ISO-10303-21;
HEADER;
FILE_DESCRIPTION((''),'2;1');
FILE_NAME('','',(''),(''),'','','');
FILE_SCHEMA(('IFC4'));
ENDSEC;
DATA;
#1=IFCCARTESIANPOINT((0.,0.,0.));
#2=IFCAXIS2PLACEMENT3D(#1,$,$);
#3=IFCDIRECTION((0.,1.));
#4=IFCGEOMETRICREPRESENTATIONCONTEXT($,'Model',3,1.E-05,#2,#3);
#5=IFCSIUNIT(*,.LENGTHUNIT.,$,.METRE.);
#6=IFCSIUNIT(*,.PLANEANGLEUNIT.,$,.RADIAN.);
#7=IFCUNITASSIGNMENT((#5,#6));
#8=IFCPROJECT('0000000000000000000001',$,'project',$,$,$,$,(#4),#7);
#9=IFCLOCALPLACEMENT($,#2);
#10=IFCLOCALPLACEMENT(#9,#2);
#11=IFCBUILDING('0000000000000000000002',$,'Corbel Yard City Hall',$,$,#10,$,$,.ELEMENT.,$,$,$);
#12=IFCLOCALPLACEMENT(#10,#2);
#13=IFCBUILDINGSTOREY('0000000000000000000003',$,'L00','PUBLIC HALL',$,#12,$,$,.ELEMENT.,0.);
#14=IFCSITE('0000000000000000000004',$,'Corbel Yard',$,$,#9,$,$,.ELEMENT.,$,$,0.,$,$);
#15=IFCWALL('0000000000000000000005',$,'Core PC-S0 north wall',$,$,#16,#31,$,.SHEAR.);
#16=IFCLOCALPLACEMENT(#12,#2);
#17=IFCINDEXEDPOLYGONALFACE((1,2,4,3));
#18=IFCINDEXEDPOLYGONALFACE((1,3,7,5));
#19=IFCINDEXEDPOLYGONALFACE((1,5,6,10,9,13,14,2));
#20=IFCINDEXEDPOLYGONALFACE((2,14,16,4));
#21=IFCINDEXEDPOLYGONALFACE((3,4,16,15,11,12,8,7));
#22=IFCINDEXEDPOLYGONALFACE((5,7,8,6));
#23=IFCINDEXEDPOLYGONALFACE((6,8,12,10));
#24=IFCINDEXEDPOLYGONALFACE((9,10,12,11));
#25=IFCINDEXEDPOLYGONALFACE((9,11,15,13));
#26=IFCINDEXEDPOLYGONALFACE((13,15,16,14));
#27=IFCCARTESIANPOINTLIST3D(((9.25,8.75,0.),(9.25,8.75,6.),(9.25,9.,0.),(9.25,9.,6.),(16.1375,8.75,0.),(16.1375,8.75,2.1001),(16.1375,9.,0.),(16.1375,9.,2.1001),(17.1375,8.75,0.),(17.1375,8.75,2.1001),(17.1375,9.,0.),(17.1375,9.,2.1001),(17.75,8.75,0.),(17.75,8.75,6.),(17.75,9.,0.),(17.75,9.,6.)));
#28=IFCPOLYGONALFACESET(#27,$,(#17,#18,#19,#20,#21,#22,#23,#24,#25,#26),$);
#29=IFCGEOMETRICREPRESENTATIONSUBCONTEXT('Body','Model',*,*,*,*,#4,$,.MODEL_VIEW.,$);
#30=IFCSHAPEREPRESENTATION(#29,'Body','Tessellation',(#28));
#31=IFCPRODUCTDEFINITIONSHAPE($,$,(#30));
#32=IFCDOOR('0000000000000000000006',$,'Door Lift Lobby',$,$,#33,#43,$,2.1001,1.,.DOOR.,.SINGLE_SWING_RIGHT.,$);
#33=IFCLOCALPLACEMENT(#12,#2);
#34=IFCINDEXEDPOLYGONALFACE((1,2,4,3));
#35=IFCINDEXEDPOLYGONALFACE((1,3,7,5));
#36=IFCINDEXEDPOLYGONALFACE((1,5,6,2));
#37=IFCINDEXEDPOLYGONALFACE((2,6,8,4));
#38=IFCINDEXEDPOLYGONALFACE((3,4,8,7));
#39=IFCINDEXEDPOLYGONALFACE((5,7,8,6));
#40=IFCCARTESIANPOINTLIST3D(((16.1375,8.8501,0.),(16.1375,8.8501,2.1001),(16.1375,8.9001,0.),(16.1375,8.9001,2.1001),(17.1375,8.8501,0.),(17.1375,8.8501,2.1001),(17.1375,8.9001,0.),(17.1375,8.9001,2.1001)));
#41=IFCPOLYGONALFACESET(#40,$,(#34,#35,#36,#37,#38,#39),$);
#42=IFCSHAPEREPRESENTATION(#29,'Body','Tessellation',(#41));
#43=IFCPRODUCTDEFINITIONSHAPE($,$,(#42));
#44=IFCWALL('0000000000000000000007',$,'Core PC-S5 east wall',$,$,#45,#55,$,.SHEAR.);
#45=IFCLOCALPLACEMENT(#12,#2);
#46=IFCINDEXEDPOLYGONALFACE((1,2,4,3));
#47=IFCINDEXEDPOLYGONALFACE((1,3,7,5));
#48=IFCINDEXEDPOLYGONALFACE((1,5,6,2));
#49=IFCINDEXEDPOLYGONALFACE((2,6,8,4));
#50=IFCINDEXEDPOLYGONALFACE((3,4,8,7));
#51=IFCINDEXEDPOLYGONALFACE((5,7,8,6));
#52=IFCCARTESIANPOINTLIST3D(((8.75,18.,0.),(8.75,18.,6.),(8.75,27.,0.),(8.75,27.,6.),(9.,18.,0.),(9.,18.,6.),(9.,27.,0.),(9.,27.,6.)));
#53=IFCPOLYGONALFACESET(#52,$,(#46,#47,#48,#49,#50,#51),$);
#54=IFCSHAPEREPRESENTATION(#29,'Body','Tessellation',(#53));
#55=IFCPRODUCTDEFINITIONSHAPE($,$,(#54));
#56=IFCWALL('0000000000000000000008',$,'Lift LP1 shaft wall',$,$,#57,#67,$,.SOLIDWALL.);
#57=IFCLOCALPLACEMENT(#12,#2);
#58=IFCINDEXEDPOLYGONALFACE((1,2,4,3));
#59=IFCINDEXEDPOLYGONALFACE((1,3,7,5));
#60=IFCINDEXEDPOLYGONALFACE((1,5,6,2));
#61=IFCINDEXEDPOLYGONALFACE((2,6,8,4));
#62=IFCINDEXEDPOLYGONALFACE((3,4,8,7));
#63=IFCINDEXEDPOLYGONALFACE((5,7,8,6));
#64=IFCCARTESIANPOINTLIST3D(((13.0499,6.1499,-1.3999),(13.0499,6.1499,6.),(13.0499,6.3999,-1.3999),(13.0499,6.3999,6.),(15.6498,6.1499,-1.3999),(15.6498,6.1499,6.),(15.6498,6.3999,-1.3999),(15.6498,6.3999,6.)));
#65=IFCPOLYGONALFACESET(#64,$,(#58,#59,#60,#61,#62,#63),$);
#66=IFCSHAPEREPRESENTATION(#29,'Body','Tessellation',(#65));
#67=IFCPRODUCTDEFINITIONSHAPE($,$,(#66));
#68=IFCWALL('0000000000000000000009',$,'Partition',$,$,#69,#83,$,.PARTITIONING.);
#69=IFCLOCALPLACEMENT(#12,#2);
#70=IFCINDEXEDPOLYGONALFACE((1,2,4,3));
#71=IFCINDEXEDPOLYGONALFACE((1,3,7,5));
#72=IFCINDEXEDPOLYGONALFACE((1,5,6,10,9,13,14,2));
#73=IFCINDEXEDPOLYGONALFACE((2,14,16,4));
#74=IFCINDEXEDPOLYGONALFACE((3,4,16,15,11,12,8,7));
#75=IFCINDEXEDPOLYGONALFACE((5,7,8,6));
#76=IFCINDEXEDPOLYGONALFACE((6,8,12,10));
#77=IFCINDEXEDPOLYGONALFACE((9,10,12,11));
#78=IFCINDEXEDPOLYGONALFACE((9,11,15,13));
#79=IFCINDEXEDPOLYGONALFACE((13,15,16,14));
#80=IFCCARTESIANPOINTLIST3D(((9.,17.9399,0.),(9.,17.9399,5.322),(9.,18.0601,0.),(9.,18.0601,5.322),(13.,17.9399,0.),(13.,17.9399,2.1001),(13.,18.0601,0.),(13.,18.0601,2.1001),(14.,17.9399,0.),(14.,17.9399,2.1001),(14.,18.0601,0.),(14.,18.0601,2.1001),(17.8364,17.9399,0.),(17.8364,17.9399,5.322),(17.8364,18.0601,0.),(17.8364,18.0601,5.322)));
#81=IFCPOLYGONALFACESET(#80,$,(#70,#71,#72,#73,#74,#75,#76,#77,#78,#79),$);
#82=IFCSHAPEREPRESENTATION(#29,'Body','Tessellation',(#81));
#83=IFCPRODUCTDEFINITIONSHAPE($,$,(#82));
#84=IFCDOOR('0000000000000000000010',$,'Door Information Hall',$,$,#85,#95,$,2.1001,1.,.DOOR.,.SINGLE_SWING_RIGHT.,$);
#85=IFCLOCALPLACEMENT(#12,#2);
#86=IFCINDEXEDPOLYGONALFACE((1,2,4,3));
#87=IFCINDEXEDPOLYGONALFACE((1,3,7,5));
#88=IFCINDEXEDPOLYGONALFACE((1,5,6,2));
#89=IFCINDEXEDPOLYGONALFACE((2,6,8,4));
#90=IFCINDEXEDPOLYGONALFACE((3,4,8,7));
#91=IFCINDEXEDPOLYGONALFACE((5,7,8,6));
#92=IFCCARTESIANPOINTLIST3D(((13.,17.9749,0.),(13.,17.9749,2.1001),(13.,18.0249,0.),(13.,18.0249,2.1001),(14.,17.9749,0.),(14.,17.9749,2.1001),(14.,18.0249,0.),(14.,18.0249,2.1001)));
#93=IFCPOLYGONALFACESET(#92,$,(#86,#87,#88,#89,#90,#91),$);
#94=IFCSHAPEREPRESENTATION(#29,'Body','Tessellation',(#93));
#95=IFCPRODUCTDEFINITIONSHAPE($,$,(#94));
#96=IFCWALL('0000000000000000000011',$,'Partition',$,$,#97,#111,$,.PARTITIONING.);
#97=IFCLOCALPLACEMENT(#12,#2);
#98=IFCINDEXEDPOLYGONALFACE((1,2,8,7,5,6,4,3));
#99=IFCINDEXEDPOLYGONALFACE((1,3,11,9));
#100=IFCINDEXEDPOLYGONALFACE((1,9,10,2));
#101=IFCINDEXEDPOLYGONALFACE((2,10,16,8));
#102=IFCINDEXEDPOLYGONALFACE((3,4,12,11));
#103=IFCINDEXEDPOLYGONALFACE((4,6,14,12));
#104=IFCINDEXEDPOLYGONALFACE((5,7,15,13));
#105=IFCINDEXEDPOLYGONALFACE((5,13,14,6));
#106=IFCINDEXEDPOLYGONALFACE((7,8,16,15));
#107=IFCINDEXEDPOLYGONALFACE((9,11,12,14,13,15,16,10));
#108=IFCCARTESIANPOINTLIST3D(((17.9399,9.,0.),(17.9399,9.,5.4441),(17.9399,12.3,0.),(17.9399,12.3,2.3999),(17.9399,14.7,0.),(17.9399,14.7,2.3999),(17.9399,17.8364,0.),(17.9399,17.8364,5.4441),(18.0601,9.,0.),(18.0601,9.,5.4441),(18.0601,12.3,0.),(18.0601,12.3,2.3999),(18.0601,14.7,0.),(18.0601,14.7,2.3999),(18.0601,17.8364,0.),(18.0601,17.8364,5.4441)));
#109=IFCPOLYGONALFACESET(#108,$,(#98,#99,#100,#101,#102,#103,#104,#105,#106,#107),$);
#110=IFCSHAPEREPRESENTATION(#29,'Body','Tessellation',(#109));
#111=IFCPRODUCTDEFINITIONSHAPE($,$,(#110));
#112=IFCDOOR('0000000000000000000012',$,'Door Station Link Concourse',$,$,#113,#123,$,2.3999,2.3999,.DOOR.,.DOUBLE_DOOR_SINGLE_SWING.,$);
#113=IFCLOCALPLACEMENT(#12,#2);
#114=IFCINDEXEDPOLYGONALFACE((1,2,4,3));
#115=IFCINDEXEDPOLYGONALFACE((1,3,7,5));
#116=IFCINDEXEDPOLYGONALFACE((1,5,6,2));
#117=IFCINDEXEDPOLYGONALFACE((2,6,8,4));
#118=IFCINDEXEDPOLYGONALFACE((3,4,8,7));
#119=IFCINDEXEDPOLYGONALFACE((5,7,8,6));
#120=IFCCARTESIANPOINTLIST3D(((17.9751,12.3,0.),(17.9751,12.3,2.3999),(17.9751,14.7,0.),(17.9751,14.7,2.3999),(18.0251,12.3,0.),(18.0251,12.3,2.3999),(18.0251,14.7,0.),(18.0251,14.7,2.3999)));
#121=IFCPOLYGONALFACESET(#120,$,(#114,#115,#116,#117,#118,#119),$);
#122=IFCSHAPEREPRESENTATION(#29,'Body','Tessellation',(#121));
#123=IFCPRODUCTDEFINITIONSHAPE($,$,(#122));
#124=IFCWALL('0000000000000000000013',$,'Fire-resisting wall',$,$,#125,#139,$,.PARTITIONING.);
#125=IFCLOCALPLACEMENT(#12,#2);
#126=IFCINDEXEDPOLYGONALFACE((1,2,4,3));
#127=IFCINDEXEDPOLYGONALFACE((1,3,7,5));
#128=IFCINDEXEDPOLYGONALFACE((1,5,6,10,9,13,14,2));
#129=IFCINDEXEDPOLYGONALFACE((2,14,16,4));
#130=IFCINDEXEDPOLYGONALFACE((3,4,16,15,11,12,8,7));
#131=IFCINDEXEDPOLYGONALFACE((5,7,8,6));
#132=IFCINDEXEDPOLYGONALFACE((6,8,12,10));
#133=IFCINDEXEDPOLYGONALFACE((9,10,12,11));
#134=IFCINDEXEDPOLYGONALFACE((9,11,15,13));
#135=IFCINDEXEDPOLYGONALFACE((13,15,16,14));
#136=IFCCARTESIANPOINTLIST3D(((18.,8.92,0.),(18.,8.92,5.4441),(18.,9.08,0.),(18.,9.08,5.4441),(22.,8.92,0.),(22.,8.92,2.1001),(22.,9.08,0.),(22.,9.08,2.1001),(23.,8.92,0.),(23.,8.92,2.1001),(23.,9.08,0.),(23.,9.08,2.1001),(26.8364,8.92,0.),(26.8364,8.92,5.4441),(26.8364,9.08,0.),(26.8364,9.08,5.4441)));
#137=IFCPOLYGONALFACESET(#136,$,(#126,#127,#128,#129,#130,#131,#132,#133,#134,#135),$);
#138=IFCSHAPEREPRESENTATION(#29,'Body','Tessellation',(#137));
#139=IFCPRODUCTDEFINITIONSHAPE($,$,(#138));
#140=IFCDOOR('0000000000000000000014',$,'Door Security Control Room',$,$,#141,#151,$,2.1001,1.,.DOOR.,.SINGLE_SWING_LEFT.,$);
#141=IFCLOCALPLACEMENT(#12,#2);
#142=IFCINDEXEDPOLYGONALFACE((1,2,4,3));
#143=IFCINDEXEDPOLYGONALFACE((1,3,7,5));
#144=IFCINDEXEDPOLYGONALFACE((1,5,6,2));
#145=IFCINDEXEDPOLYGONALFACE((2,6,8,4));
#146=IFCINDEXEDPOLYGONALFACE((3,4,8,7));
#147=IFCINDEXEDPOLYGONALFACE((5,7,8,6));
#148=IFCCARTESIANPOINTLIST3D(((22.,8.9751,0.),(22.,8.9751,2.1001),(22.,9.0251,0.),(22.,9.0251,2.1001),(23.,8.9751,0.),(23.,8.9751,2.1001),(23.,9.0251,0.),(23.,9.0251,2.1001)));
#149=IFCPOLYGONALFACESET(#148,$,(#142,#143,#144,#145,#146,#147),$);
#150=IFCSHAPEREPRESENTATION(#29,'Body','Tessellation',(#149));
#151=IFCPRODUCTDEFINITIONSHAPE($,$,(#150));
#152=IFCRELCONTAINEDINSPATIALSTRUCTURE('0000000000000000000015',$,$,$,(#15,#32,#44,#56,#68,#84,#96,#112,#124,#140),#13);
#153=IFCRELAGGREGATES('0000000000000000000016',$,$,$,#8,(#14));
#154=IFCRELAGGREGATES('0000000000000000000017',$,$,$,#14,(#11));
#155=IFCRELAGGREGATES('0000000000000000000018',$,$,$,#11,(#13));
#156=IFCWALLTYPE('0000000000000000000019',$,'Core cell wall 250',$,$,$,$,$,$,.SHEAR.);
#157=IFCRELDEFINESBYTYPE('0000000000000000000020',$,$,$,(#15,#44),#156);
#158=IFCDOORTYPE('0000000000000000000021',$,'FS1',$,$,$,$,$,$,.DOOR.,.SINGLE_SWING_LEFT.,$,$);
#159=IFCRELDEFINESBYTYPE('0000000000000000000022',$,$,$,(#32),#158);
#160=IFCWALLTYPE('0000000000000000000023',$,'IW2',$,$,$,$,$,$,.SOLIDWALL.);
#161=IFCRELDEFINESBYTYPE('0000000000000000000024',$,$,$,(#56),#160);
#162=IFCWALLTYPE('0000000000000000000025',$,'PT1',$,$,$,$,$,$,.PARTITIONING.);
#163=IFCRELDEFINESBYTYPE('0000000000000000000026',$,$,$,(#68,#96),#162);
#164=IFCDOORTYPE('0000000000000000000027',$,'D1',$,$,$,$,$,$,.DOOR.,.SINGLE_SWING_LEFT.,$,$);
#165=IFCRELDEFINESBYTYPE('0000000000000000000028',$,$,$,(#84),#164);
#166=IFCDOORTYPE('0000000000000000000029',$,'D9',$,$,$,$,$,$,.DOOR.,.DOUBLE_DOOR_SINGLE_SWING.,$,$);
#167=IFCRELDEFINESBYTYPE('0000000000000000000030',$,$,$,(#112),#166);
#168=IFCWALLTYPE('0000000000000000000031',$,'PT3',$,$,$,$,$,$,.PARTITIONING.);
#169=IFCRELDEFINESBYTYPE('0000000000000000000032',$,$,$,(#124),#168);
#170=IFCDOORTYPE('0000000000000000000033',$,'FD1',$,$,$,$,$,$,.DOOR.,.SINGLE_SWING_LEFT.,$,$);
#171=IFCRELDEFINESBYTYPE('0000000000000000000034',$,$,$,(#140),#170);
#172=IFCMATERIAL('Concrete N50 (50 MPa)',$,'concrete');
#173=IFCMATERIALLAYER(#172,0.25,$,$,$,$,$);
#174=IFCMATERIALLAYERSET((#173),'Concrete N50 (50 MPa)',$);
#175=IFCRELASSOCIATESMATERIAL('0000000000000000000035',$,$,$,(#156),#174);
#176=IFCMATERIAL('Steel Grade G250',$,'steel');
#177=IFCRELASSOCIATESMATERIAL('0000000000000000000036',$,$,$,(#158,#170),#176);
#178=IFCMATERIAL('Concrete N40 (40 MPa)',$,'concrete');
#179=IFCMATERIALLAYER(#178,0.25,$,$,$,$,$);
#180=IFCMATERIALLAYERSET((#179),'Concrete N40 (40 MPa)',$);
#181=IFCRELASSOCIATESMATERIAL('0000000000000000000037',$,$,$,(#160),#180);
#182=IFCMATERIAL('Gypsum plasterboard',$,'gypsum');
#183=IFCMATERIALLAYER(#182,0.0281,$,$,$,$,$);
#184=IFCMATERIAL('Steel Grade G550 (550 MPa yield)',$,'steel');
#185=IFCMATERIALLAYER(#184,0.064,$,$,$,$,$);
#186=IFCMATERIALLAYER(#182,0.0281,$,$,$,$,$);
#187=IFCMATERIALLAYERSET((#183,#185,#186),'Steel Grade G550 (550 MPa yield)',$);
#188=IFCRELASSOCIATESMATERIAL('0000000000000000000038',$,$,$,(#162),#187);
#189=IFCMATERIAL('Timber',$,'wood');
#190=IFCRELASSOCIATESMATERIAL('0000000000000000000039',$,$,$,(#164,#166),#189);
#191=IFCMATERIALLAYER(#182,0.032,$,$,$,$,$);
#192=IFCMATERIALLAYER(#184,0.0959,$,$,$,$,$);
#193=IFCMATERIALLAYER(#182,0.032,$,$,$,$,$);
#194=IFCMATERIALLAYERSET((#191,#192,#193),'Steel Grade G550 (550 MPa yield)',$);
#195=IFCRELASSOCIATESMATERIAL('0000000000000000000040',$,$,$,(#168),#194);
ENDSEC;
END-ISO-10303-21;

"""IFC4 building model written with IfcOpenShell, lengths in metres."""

from ifc_helpers import new_model, si_unit, direction, frame, frame_2d, origin, place, context, subcontext, project, spatial, rectangle, extrude, material, layer, layer_set, type_object, element, fill, save


model = new_model("IFC4")

# Units and contexts
model_context = context("Model", 3, precision=1e-05, world=origin(), true_north=direction((0.0, 1.0)))
body_context = subcontext(model_context, "Body", "Model", "MODEL_VIEW")
ifc_project = project(units=[si_unit("LENGTHUNIT", "METRE"), si_unit("PLANEANGLEUNIT", "RADIAN")], contexts=[model_context])

# Site, building, storey
site_placement = place(None, origin())
site = spatial("IfcSite", under=ifc_project, at=site_placement, Name="Corbel Yard", CompositionType="ELEMENT", RefElevation=0.0)
building_placement = place(site_placement, origin())
building = spatial("IfcBuilding", under=site, at=building_placement, Name="Corbel Yard City Hall", CompositionType="ELEMENT")
storey_placement = place(building_placement, origin())
storey = spatial("IfcBuildingStorey", under=building, at=storey_placement, Name="L00", Description="PUBLIC HALL", CompositionType="ELEMENT", Elevation=0.0)

# Shared definitions
ifc_material_1 = material(Name="Concrete N40 (40 MPa)", Category="concrete")

# Wall, opening, door
ifc_material_2 = material(Name="Concrete N50 (50 MPa)", Category="concrete")
ifc_layer_1 = layer(ifc_material_2, 0.25)
ifc_layer_set_1 = layer_set([ifc_layer_1], Name="Concrete N50 (50 MPa)")
wall_type_1 = type_object("IfcWallType", Name="Core cell wall 250", PredefinedType="SHEAR", material=ifc_layer_set_1)
wall_1_placement = place(storey_placement, frame((9.25, 8.875, 0.0), z_axis=(0.0, 0.0, 1.0), x_axis=(1.0, 0.0, 0.0)))
wall_1 = element("IfcWall", 1, at=wall_1_placement, inside=storey, type_object=wall_type_1, Name="Core PC-S0 north wall", PredefinedType="SHEAR", context=body_context, shape_type="SweptSolid", body=[
    extrude(rectangle(XDim=8.5, YDim=0.25, at=frame_2d((4.25, 0.0))), origin(), (0.0, 0.0, 1.0), 6.0),
])
opening_1_placement = place(wall_1_placement, frame((6.8875, 0.0, 0.0)))
opening_1 = element("IfcOpeningElement", 2, at=opening_1_placement, cuts=wall_1, PredefinedType="OPENING", context=body_context, shape_type="SweptSolid", body=[
    extrude(rectangle(XDim=1.0, YDim=2.1001, at=frame_2d((0.5, 1.05))), frame((0.0, 0.135, 0.0), z_axis=(0.0, -1.0, 0.0), x_axis=(1.0, 0.0, 0.0)), (0.0, 0.0, 1.0), 0.27),
])
ifc_material_3 = material(Name="Steel Grade G250", Category="steel")
door_type_1 = type_object("IfcDoorType", Name="FS1", OperationType="SINGLE_SWING_LEFT", PredefinedType="DOOR", material=ifc_material_3)
door_1_placement = place(opening_1_placement, frame((1.0, 0.0, 0.0), z_axis=(0.0, 0.0, 1.0), x_axis=(-1.0, 0.0, 0.0)))
door_1 = element("IfcDoor", 3, at=door_1_placement, inside=storey, type_object=door_type_1, Name="Door Lift Lobby", OperationType="SINGLE_SWING_RIGHT", OverallHeight=2.1001, OverallWidth=1.0, PredefinedType="DOOR", context=body_context, shape_type="SweptSolid", body=[
    extrude(rectangle(XDim=1.0, YDim=2.1001, at=frame_2d((0.5, 1.05))), frame((0.0, 0.0249, 0.0), z_axis=(0.0, -1.0, 0.0), x_axis=(1.0, 0.0, 0.0)), (0.0, 0.0, 1.0), 0.05),
])
fill(opening_1, door_1)

# Walls
wall_2_placement = place(storey_placement, frame((8.875, 18.0, 0.0), z_axis=(0.0, 0.0, 1.0), x_axis=(0.0, 1.0, 0.0)))
element("IfcWall", 4, at=wall_2_placement, inside=storey, type_object=wall_type_1, Name="Core PC-S5 east wall", PredefinedType="SHEAR", context=body_context, shape_type="SweptSolid", body=[
    extrude(rectangle(XDim=9.0, YDim=0.25, at=frame_2d((4.5, 0.0))), origin(), (0.0, 0.0, 1.0), 6.0),
])
ifc_layer_2 = layer(ifc_material_1, 0.25)
ifc_layer_set_2 = layer_set([ifc_layer_2], Name="Concrete N40 (40 MPa)")
wall_type_2 = type_object("IfcWallType", Name="IW2", PredefinedType="SOLIDWALL", material=ifc_layer_set_2)
wall_3_placement = place(storey_placement, frame((13.05, 6.2749, -1.3999), z_axis=(0.0, 0.0, 1.0), x_axis=(1.0, 0.0, 0.0)))
element("IfcWall", 5, at=wall_3_placement, inside=storey, type_object=wall_type_2, Name="Lift LP1 shaft wall", PredefinedType="SOLIDWALL", context=body_context, shape_type="SweptSolid", body=[
    extrude(rectangle(XDim=2.5999, YDim=0.25, at=frame_2d((1.2998, 0.0))), origin(), (0.0, 0.0, 1.0), 7.3999),
])

# Walls, openings, doors
ifc_material_4 = material(Name="Gypsum plasterboard", Category="gypsum")
ifc_layer_3 = layer(ifc_material_4, 0.0281)
ifc_material_5 = material(Name="Steel Grade G550 (550 MPa yield)", Category="steel")
ifc_layer_4 = layer(ifc_material_5, 0.064)
ifc_layer_5 = layer(ifc_material_4, 0.0281)
ifc_layer_set_3 = layer_set([ifc_layer_3, ifc_layer_4, ifc_layer_5], Name="Steel Grade G550 (550 MPa yield)")
wall_type_3 = type_object("IfcWallType", Name="PT1", PredefinedType="PARTITIONING", material=ifc_layer_set_3)
wall_4_placement = place(storey_placement, frame((9.0, 18.0, 0.0), z_axis=(0.0, 0.0, 1.0), x_axis=(1.0, 0.0, 0.0)))
wall_4 = element("IfcWall", 6, at=wall_4_placement, inside=storey, type_object=wall_type_3, Name="Partition", PredefinedType="PARTITIONING", context=body_context, shape_type="SweptSolid", body=[
    extrude(rectangle(XDim=8.8364, YDim=0.1201, at=frame_2d((4.4182, 0.0))), origin(), (0.0, 0.0, 1.0), 5.322),
])
opening_2_placement = place(wall_4_placement, frame((4.0, 0.0, 0.0)))
opening_2 = element("IfcOpeningElement", 7, at=opening_2_placement, cuts=wall_4, PredefinedType="OPENING", context=body_context, shape_type="SweptSolid", body=[
    extrude(rectangle(XDim=1.0, YDim=2.1001, at=frame_2d((0.5, 1.05))), frame((0.0, 0.0701, 0.0), z_axis=(0.0, -1.0, 0.0), x_axis=(1.0, 0.0, 0.0)), (0.0, 0.0, 1.0), 0.1401),
])
ifc_material_6 = material(Name="Timber", Category="wood")
door_type_2 = type_object("IfcDoorType", Name="D1", OperationType="SINGLE_SWING_LEFT", PredefinedType="DOOR", material=ifc_material_6)
door_2_placement = place(opening_2_placement, origin())
door_2 = element("IfcDoor", 8, at=door_2_placement, inside=storey, type_object=door_type_2, Name="Door Information Hall", OperationType="SINGLE_SWING_RIGHT", OverallHeight=2.1001, OverallWidth=1.0, PredefinedType="DOOR", context=body_context, shape_type="SweptSolid", body=[
    extrude(rectangle(XDim=1.0, YDim=2.1001, at=frame_2d((0.5, 1.05))), frame((0.0, 0.0249, 0.0), z_axis=(0.0, -1.0, 0.0), x_axis=(1.0, 0.0, 0.0)), (0.0, 0.0, 1.0), 0.05),
])
fill(opening_2, door_2)
wall_5_placement = place(storey_placement, frame((18.0, 9.0, 0.0), z_axis=(0.0, 0.0, 1.0), x_axis=(0.0, 1.0, 0.0)))
wall_5 = element("IfcWall", 9, at=wall_5_placement, inside=storey, type_object=wall_type_3, Name="Partition", PredefinedType="PARTITIONING", context=body_context, shape_type="SweptSolid", body=[
    extrude(rectangle(XDim=8.8364, YDim=0.1201, at=frame_2d((4.4182, 0.0))), origin(), (0.0, 0.0, 1.0), 5.4441),
])
opening_3_placement = place(wall_5_placement, frame((3.3, 0.0, 0.0)))
opening_3 = element("IfcOpeningElement", 10, at=opening_3_placement, cuts=wall_5, PredefinedType="OPENING", context=body_context, shape_type="SweptSolid", body=[
    extrude(rectangle(XDim=2.3999, YDim=2.3999, at=frame_2d((1.2, 1.2))), frame((0.0, 0.0701, 0.0), z_axis=(0.0, -1.0, 0.0), x_axis=(1.0, 0.0, 0.0)), (0.0, 0.0, 1.0), 0.1401),
])
door_type_3 = type_object("IfcDoorType", Name="D9", OperationType="DOUBLE_DOOR_SINGLE_SWING", PredefinedType="DOOR", material=ifc_material_6)
door_3_placement = place(opening_3_placement, origin())
door_3 = element("IfcDoor", 11, at=door_3_placement, inside=storey, type_object=door_type_3, Name="Door Station Link Concourse", OperationType="DOUBLE_DOOR_SINGLE_SWING", OverallHeight=2.3999, OverallWidth=2.3999, PredefinedType="DOOR", context=body_context, shape_type="SweptSolid", body=[
    extrude(rectangle(XDim=2.3999, YDim=2.3999, at=frame_2d((1.2, 1.2))), frame((0.0, 0.0249, 0.0), z_axis=(0.0, -1.0, 0.0), x_axis=(1.0, 0.0, 0.0)), (0.0, 0.0, 1.0), 0.05),
])
fill(opening_3, door_3)
ifc_layer_6 = layer(ifc_material_4, 0.032)
ifc_layer_7 = layer(ifc_material_5, 0.0959)
ifc_layer_8 = layer(ifc_material_4, 0.032)
ifc_layer_set_4 = layer_set([ifc_layer_6, ifc_layer_7, ifc_layer_8], Name="Steel Grade G550 (550 MPa yield)")
wall_type_4 = type_object("IfcWallType", Name="PT3", PredefinedType="PARTITIONING", material=ifc_layer_set_4)
wall_6_placement = place(storey_placement, frame((18.0, 9.0, 0.0), z_axis=(0.0, 0.0, 1.0), x_axis=(1.0, 0.0, 0.0)))
wall_6 = element("IfcWall", 12, at=wall_6_placement, inside=storey, type_object=wall_type_4, Name="Fire-resisting wall", PredefinedType="PARTITIONING", context=body_context, shape_type="SweptSolid", body=[
    extrude(rectangle(XDim=8.8364, YDim=0.1599, at=frame_2d((4.4182, 0.0))), origin(), (0.0, 0.0, 1.0), 5.4441),
])
opening_4_placement = place(wall_6_placement, frame((4.0, 0.0, 0.0)))
opening_4 = element("IfcOpeningElement", 13, at=opening_4_placement, cuts=wall_6, PredefinedType="OPENING", context=body_context, shape_type="SweptSolid", body=[
    extrude(rectangle(XDim=1.0, YDim=2.1001, at=frame_2d((0.5, 1.05))), frame((0.0, 0.0898, 0.0), z_axis=(0.0, -1.0, 0.0), x_axis=(1.0, 0.0, 0.0)), (0.0, 0.0, 1.0), 0.1799),
])
door_type_4 = type_object("IfcDoorType", Name="FD1", OperationType="SINGLE_SWING_LEFT", PredefinedType="DOOR", material=ifc_material_3)
door_4_placement = place(opening_4_placement, frame((1.0, 0.0, 0.0), z_axis=(0.0, 0.0, 1.0), x_axis=(-1.0, 0.0, 0.0)))
door_4 = element("IfcDoor", 14, at=door_4_placement, inside=storey, type_object=door_type_4, Name="Door Security Control Room", OperationType="SINGLE_SWING_LEFT", OverallHeight=2.1001, OverallWidth=1.0, PredefinedType="DOOR", context=body_context, shape_type="SweptSolid", body=[
    extrude(rectangle(XDim=1.0, YDim=2.1001, at=frame_2d((0.5, 1.05))), frame((0.0, 0.0249, 0.0), z_axis=(0.0, -1.0, 0.0), x_axis=(1.0, 0.0, 0.0)), (0.0, 0.0, 1.0), 0.05),
])
fill(opening_4, door_4)

save(model, "model.ifc")
